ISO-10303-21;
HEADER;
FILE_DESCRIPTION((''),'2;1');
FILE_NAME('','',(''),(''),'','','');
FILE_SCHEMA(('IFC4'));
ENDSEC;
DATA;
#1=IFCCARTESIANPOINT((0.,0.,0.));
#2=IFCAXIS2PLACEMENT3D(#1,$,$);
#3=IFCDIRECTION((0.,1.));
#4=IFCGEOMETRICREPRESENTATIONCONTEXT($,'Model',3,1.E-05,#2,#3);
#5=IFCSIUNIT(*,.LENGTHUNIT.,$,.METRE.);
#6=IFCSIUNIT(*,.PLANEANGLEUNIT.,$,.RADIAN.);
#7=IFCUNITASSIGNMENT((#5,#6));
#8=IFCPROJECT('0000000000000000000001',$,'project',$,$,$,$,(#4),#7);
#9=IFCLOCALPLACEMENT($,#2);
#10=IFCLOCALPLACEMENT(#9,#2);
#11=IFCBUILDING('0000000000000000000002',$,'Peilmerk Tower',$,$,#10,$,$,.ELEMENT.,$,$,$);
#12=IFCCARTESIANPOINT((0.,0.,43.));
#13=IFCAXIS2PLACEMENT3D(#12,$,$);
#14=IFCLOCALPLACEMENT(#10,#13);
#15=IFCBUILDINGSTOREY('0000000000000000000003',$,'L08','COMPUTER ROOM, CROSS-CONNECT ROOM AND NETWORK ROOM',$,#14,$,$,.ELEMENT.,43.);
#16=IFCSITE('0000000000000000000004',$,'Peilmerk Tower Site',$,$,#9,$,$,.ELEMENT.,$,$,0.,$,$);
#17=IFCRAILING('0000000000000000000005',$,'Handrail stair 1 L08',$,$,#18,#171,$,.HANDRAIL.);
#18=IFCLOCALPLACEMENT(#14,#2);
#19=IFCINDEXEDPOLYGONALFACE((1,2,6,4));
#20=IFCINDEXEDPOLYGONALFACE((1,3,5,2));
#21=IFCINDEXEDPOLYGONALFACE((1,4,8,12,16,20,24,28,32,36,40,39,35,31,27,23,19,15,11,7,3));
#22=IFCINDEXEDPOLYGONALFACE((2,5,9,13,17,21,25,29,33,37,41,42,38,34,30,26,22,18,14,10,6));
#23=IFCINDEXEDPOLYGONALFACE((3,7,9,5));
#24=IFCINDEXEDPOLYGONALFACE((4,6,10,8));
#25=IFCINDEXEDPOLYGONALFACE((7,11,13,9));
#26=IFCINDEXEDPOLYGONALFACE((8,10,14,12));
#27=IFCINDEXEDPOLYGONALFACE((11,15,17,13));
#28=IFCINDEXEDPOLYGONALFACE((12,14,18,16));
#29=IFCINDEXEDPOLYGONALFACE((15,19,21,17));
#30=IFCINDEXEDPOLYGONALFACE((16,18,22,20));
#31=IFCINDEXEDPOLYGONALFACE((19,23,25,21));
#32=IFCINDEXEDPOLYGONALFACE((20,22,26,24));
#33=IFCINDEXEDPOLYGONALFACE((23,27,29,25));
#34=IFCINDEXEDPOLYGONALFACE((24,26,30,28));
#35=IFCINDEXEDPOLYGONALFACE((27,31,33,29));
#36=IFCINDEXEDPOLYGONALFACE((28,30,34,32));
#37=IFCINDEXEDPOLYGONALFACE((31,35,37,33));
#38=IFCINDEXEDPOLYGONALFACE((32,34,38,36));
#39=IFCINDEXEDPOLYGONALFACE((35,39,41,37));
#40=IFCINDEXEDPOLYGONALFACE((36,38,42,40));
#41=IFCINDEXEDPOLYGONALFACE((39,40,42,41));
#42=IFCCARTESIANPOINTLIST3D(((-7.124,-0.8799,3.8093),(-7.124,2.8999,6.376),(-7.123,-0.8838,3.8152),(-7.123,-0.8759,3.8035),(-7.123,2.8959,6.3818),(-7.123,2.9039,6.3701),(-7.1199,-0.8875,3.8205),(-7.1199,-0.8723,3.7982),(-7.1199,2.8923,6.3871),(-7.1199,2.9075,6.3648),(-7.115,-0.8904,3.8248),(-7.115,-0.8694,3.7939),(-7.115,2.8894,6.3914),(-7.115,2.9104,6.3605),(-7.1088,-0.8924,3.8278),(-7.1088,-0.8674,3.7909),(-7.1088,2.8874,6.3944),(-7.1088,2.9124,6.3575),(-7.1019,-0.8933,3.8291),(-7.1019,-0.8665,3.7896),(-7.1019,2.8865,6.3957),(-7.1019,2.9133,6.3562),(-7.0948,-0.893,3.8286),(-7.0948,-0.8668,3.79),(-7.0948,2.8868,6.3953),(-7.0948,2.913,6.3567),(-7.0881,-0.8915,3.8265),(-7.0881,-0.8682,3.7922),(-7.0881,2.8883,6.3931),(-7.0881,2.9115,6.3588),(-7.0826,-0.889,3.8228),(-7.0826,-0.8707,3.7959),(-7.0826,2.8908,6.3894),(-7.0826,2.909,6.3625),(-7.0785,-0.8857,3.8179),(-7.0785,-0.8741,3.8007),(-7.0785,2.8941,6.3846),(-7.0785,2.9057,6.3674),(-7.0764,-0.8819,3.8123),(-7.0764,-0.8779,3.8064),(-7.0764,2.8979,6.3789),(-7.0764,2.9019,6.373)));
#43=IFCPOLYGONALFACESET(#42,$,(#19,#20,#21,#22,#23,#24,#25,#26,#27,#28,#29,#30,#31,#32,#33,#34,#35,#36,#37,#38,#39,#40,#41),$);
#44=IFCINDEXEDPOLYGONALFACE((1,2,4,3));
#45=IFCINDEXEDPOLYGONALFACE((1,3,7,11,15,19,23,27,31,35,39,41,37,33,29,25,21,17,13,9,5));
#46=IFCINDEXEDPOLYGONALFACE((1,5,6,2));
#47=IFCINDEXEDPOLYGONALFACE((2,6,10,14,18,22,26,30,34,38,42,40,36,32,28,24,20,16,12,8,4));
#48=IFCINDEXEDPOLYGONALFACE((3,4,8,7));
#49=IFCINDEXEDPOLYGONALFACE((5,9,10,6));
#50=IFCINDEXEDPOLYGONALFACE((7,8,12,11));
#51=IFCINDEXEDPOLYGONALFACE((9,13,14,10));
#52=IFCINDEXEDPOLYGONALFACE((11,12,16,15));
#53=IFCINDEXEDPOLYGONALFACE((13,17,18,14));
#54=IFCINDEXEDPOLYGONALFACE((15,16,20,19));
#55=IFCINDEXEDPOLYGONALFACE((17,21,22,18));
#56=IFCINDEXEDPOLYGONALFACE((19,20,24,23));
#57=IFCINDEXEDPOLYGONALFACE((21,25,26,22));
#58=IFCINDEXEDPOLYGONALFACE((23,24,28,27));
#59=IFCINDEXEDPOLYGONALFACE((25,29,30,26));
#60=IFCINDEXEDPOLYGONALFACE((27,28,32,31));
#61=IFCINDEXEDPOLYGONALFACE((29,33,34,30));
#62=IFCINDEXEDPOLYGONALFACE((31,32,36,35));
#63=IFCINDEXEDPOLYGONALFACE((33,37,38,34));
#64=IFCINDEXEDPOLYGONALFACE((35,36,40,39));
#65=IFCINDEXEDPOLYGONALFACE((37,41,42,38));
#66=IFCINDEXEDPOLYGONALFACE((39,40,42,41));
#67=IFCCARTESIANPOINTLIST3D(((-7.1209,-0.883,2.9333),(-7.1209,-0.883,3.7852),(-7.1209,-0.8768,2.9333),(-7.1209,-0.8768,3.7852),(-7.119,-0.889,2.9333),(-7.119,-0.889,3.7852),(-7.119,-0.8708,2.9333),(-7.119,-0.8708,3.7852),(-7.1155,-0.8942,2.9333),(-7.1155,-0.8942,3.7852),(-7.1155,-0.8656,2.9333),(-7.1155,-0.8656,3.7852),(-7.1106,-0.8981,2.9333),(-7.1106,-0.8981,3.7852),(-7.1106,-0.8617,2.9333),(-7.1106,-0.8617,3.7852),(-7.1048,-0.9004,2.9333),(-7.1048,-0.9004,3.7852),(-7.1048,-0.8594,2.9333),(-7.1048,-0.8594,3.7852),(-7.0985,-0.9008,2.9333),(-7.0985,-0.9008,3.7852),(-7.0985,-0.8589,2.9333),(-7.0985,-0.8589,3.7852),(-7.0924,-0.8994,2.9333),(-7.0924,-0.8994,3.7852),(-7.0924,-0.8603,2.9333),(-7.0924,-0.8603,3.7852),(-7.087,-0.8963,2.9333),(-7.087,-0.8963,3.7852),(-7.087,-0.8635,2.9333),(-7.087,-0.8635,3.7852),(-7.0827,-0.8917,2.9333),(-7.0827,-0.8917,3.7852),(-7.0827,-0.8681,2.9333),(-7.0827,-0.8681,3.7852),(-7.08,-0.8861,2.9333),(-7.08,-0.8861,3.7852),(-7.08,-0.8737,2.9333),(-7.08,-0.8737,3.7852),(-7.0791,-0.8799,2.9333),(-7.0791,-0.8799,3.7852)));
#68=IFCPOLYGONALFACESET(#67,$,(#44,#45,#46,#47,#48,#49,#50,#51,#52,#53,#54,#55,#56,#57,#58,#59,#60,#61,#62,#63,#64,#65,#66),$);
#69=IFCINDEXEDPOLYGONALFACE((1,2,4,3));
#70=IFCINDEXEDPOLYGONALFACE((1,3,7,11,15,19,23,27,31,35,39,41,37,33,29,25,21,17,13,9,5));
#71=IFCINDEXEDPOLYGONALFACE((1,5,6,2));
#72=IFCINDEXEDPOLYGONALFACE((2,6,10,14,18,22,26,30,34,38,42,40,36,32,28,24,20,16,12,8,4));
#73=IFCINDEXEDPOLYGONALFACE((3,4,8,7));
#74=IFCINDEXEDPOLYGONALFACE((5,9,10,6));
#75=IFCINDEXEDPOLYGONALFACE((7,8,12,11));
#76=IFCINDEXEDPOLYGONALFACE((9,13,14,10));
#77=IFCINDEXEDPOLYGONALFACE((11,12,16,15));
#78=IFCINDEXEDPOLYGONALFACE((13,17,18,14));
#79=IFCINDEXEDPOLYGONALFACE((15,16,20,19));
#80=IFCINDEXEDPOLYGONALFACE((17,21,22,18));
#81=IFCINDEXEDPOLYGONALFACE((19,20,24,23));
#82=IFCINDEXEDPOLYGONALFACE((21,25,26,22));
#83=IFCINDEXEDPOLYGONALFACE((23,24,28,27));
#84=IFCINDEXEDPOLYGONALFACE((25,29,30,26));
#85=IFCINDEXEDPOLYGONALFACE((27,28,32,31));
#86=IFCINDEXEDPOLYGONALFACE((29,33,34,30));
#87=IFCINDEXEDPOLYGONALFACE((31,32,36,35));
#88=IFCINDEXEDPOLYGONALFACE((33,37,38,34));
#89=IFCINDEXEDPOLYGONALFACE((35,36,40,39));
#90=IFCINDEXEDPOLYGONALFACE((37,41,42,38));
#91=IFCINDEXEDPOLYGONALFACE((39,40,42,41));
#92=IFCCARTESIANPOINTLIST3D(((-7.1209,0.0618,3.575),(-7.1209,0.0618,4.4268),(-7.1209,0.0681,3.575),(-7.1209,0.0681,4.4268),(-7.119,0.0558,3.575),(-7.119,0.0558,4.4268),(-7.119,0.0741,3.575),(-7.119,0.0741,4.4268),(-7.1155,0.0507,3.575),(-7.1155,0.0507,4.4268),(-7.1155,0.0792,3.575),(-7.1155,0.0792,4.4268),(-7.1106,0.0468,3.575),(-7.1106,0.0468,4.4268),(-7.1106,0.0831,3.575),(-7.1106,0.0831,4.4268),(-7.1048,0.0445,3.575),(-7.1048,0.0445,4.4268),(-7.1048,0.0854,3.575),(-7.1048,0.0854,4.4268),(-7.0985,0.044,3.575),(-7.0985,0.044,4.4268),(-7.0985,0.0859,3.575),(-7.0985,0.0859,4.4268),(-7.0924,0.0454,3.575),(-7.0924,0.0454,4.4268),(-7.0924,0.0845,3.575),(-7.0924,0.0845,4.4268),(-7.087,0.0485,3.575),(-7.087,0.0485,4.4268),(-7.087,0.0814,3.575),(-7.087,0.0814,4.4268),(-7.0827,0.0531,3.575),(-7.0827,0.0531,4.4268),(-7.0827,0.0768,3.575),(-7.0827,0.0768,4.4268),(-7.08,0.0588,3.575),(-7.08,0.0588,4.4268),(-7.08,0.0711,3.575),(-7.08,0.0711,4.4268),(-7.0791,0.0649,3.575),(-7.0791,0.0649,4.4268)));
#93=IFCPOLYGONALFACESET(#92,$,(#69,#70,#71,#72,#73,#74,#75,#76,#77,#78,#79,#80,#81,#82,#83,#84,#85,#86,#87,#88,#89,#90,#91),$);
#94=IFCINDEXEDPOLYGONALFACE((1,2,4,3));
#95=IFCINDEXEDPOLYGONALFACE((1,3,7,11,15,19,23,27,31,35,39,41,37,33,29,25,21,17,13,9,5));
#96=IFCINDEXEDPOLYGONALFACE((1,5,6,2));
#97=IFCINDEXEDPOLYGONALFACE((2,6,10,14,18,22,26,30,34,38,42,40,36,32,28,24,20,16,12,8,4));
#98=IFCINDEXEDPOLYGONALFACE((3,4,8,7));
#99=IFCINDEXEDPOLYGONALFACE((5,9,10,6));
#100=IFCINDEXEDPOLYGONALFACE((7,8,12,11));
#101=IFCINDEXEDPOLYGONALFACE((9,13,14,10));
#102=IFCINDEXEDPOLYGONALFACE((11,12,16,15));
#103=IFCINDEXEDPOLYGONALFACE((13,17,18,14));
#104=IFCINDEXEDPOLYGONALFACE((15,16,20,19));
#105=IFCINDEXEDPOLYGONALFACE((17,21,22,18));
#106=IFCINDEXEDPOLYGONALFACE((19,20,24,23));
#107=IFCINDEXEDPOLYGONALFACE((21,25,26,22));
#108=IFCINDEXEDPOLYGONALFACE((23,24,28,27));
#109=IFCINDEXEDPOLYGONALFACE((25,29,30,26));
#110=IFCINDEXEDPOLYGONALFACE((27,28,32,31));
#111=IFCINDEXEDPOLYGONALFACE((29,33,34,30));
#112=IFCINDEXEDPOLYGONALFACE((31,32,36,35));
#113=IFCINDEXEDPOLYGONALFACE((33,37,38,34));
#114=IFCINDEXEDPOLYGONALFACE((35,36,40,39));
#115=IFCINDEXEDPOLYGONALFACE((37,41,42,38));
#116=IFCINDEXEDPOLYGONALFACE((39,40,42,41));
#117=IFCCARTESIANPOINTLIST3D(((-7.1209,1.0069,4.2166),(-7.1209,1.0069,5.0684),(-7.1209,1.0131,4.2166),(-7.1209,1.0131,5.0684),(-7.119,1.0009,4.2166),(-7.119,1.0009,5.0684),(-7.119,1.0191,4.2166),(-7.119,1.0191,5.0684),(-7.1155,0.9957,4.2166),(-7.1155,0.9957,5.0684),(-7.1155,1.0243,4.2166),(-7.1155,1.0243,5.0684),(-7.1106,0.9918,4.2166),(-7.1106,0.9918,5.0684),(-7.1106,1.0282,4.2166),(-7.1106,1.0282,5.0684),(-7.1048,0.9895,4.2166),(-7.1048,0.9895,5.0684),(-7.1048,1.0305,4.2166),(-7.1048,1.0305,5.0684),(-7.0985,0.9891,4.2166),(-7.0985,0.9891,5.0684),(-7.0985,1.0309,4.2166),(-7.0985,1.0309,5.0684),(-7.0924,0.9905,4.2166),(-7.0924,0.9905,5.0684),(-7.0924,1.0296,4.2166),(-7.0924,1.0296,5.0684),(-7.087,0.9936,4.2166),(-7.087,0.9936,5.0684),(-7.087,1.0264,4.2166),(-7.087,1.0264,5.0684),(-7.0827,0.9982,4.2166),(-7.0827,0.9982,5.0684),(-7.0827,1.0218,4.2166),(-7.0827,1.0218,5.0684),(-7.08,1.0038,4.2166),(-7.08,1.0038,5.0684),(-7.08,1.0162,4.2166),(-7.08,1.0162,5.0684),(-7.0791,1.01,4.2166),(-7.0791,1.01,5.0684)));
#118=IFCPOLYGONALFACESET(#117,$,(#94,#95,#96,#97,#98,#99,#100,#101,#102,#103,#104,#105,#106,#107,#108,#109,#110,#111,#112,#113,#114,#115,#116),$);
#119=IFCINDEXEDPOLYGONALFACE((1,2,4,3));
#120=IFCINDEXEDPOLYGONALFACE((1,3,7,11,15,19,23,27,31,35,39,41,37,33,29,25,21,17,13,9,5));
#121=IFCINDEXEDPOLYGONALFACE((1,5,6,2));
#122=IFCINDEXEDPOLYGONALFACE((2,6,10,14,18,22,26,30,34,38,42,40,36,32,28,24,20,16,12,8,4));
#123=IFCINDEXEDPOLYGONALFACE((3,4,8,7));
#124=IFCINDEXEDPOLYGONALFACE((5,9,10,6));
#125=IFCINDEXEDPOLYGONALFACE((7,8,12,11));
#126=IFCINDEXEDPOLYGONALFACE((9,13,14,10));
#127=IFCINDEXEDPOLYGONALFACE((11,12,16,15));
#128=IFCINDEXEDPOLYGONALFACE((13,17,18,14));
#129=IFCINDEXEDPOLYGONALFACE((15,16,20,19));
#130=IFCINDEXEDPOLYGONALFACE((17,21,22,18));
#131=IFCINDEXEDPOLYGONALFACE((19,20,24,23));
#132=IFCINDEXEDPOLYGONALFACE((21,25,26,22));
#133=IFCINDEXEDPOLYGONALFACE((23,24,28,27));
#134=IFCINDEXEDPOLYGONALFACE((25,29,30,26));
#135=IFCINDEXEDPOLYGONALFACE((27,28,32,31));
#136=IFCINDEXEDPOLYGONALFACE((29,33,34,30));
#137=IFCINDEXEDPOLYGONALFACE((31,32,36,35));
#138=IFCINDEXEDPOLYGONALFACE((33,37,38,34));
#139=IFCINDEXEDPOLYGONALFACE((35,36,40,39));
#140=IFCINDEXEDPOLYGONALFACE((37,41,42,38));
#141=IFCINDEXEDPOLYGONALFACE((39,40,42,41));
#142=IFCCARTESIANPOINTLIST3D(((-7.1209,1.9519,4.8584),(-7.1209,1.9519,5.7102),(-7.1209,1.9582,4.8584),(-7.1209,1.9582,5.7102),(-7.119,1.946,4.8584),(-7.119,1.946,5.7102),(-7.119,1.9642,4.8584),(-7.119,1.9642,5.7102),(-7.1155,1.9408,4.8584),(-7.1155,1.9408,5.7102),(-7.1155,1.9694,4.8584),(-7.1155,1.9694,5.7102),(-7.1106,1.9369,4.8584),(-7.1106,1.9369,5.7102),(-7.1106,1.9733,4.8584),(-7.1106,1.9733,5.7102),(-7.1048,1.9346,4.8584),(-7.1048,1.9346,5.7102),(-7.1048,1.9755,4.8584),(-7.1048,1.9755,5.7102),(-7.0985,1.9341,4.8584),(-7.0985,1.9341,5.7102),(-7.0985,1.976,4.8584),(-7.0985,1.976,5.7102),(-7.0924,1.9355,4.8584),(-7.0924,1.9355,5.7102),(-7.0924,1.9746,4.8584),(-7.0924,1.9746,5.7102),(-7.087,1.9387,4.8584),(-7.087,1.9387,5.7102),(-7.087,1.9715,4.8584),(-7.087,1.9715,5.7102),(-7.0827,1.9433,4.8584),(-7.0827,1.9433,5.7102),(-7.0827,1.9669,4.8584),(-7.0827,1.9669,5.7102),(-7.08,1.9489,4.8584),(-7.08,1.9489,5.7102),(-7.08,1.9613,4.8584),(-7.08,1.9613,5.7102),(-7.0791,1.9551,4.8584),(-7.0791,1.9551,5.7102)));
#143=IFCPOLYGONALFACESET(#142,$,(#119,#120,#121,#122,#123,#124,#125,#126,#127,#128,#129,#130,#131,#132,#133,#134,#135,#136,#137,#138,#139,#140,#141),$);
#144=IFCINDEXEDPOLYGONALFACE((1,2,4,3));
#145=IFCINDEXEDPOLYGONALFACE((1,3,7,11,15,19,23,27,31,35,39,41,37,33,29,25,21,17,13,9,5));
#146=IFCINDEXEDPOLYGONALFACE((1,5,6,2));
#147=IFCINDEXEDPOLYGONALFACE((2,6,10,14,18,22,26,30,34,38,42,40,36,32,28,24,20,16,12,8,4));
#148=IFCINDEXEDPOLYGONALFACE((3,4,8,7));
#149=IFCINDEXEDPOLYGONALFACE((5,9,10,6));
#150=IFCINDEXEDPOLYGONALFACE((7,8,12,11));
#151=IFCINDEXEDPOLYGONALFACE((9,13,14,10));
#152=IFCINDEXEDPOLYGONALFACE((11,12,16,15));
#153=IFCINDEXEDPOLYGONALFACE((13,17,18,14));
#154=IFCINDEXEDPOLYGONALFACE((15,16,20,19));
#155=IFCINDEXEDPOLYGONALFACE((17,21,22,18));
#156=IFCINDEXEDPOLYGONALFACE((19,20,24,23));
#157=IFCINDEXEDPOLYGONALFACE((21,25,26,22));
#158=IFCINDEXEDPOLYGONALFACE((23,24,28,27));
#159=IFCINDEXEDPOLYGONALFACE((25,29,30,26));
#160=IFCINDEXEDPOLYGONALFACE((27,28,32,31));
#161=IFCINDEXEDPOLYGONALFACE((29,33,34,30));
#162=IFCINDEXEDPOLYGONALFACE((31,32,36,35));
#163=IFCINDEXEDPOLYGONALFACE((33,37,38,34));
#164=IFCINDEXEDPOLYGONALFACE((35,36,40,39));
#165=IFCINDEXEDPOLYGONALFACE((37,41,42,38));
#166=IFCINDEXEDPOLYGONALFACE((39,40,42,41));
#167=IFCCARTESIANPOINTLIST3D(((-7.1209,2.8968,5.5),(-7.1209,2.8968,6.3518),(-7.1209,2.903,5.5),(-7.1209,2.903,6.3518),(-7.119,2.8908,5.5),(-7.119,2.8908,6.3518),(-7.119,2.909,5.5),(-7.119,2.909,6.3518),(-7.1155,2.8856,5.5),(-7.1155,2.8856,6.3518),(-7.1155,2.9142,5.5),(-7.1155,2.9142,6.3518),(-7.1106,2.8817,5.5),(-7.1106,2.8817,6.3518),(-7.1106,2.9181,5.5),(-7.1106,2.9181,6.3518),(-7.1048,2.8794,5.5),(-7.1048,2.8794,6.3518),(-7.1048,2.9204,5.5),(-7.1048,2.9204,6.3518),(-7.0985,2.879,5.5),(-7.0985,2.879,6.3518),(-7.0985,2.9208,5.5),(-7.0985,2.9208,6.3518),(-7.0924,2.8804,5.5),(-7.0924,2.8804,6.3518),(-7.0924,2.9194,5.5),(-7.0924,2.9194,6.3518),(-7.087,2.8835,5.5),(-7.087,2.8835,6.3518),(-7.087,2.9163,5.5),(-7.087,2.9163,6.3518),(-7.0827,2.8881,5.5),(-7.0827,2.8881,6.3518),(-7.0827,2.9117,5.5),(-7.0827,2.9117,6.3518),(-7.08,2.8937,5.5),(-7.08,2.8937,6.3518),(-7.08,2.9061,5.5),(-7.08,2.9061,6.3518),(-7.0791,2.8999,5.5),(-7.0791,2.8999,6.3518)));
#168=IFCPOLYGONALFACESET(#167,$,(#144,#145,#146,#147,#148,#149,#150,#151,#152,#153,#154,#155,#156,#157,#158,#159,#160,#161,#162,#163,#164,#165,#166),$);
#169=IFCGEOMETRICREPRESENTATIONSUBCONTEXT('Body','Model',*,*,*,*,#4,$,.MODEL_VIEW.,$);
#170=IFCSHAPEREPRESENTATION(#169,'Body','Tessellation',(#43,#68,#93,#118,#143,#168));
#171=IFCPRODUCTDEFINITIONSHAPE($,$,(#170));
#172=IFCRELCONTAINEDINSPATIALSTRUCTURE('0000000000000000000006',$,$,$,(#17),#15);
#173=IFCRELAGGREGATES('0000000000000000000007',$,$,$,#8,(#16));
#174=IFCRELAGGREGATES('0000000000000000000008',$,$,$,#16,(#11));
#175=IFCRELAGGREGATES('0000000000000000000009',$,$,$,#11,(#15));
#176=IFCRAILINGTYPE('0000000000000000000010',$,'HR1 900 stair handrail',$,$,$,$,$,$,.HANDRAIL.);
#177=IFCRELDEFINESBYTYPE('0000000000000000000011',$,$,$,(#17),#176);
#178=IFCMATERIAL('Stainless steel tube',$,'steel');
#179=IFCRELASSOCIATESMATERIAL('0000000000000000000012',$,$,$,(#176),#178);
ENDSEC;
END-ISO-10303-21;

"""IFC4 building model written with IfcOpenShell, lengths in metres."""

from ifc_helpers import new_model, si_unit, direction, frame, origin, origin_2d, place, context, subcontext, project, spatial, circle, extrude, material, type_object, element, save


model = new_model("IFC4")

# Units and contexts
model_context = context("Model", 3, precision=1e-05, world=origin(), true_north=direction((0.0, 1.0)))
body_context = subcontext(model_context, "Body", "Model", "MODEL_VIEW")
ifc_project = project(units=[si_unit("LENGTHUNIT", "METRE"), si_unit("PLANEANGLEUNIT", "RADIAN")], contexts=[model_context])

# Site, building, storey
site_placement = place(None, origin())
site = spatial("IfcSite", under=ifc_project, at=site_placement, Name="Peilmerk Tower Site", CompositionType="ELEMENT", RefElevation=0.0)
building_placement = place(site_placement, origin())
building = spatial("IfcBuilding", under=site, at=building_placement, Name="Peilmerk Tower", CompositionType="ELEMENT")
storey_placement = place(building_placement, frame((0.0, 0.0, 43.0)))
storey = spatial("IfcBuildingStorey", under=building, at=storey_placement, Name="L08", Description="COMPUTER ROOM, CROSS-CONNECT ROOM AND NETWORK ROOM", CompositionType="ELEMENT", Elevation=43.0)

# Railing
ifc_material_1 = material(Name="Stainless steel tube", Category="steel")
railing_type_1 = type_object("IfcRailingType", Name="HR1 900 stair handrail", PredefinedType="HANDRAIL", material=ifc_material_1)
railing_1_placement = place(storey_placement, frame((-7.1001, -0.8799, 2.9333)))
element("IfcRailing", 1, at=railing_1_placement, inside=storey, type_object=railing_type_1, Name="Handrail stair 1 L08", PredefinedType="HANDRAIL", context=body_context, shape_type="SweptSolid", body=[
    extrude(circle(Radius=0.0239, at=origin_2d()), frame((0.0, 0.0, 0.876), z_axis=(0.0, 0.827293, 0.561771), x_axis=(-1.0, 0.0, 0.0)), (0.0, 0.0, 1.0), 4.5688),
    extrude(circle(Radius=0.021, at=origin_2d()), origin(), (0.0, 0.0, 1.0), 0.8518),
    extrude(circle(Radius=0.021, at=origin_2d()), frame((0.0, 0.9448, 0.6416)), (0.0, 0.0, 1.0), 0.8518),
    extrude(circle(Radius=0.021, at=origin_2d()), frame((0.0, 1.8899, 1.2832)), (0.0, 0.0, 1.0), 0.8518),
    extrude(circle(Radius=0.021, at=origin_2d()), frame((0.0, 2.835, 1.925)), (0.0, 0.0, 1.0), 0.8518),
    extrude(circle(Radius=0.021, at=origin_2d()), frame((0.0, 3.7798, 2.5667)), (0.0, 0.0, 1.0), 0.8518),
])

save(model, "model.ifc")
